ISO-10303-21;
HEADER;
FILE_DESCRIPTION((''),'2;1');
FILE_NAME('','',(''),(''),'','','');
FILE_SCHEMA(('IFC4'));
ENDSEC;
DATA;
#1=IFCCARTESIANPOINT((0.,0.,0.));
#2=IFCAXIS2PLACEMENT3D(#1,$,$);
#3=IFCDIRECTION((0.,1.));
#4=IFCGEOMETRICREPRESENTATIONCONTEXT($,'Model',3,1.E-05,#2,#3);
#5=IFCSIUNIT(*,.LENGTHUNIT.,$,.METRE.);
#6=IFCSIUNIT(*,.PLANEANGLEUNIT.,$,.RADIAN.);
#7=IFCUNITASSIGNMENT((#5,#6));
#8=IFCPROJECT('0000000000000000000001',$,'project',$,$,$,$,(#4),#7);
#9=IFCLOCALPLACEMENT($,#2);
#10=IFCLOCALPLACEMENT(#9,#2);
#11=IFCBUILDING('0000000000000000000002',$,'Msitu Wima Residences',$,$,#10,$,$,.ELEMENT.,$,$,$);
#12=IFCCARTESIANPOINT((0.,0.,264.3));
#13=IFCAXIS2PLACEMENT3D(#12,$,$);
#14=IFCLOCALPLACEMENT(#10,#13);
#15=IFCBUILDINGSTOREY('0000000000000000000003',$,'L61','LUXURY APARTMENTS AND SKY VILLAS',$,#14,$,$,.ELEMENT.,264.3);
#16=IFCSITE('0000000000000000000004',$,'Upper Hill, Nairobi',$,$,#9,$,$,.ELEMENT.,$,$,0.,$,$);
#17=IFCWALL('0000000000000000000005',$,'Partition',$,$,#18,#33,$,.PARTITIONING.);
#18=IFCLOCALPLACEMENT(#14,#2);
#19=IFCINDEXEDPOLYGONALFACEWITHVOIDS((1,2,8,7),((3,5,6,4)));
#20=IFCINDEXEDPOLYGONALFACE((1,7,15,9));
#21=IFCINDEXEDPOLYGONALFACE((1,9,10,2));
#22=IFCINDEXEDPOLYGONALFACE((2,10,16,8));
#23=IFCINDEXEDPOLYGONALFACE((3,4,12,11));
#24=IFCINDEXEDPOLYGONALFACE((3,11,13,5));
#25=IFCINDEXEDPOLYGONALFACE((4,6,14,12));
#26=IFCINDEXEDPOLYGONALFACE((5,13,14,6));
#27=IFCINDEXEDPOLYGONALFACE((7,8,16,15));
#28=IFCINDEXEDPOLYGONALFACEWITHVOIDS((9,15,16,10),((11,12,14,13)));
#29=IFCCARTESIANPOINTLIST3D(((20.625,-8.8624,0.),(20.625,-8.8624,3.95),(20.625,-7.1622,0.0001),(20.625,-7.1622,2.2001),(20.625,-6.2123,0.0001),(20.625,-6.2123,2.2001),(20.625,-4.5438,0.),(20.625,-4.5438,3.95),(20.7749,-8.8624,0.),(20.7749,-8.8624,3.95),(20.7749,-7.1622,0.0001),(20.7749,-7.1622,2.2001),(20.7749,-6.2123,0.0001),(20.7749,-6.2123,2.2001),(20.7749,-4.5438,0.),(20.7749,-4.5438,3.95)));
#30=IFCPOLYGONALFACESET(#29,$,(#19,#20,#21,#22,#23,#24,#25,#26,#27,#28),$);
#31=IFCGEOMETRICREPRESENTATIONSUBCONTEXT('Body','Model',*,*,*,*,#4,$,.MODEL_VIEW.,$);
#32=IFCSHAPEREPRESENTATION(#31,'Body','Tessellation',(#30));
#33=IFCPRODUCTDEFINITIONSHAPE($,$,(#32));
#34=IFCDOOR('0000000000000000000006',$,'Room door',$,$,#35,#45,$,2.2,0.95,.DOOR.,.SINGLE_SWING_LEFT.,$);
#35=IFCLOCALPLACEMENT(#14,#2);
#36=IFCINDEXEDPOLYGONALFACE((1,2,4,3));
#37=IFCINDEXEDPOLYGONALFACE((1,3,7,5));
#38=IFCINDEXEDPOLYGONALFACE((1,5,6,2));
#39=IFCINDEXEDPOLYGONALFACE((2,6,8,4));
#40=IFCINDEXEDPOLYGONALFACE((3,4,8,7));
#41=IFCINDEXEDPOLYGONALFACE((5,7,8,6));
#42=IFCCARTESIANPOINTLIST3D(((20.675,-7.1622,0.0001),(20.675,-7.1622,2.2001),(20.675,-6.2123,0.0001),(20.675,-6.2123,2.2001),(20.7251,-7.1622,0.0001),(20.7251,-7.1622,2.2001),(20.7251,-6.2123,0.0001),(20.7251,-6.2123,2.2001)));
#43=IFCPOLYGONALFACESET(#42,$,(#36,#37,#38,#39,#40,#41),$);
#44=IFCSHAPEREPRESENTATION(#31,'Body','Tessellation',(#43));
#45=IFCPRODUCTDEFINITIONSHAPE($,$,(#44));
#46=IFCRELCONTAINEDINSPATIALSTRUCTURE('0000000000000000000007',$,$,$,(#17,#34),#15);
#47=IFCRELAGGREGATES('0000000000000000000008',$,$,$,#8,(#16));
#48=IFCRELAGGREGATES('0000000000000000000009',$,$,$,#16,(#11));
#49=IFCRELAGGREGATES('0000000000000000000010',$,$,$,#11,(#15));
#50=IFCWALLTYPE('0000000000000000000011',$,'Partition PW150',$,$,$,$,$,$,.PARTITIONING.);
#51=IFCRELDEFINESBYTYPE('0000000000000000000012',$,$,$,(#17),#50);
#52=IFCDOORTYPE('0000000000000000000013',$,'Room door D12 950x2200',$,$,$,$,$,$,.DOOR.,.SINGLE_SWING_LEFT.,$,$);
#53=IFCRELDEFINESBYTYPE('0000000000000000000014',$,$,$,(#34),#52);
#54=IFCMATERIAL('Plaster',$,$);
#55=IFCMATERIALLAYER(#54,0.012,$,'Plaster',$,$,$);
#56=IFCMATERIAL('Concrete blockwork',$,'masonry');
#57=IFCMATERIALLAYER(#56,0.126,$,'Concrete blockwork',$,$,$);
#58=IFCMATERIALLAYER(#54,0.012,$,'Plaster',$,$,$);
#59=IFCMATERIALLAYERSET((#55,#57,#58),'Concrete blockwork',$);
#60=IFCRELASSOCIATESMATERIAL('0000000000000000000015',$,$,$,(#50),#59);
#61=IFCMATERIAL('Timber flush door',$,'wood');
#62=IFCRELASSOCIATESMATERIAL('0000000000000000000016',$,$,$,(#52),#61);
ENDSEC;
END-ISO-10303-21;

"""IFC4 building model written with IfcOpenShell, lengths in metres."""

from ifc_helpers import new_model, si_unit, direction, frame, frame_2d, origin, place, context, subcontext, project, spatial, rectangle, extrude, material, layer, layer_set, type_object, element, fill, save


model = new_model("IFC4")

# Units and contexts
model_context = context("Model", 3, precision=1e-05, world=origin(), true_north=direction((0.0, 1.0)))
body_context = subcontext(model_context, "Body", "Model", "MODEL_VIEW")
ifc_project = project(units=[si_unit("LENGTHUNIT", "METRE"), si_unit("PLANEANGLEUNIT", "RADIAN")], contexts=[model_context])

# Site, building, storey
site_placement = place(None, origin())
site = spatial("IfcSite", under=ifc_project, at=site_placement, Name="Upper Hill, Nairobi", CompositionType="ELEMENT", RefElevation=0.0)
building_placement = place(site_placement, origin())
building = spatial("IfcBuilding", under=site, at=building_placement, Name="Msitu Wima Residences", CompositionType="ELEMENT")
storey_placement = place(building_placement, frame((0.0, 0.0, 264.3)))
storey = spatial("IfcBuildingStorey", under=building, at=storey_placement, Name="L61", Description="LUXURY APARTMENTS AND SKY VILLAS", CompositionType="ELEMENT", Elevation=264.3)

# Shared definitions
ifc_material_1 = material(Name="Plaster")
ifc_layer_1 = layer(ifc_material_1, 0.012, Name="Plaster")
ifc_material_2 = material(Name="Concrete blockwork", Category="masonry")
ifc_layer_2 = layer(ifc_material_2, 0.126, Name="Concrete blockwork")
ifc_layer_3 = layer(ifc_material_1, 0.012, Name="Plaster")
ifc_layer_set_1 = layer_set([ifc_layer_1, ifc_layer_2, ifc_layer_3], Name="Concrete blockwork")
wall_type_1 = type_object("IfcWallType", Name="Partition PW150", PredefinedType="PARTITIONING", material=ifc_layer_set_1)
ifc_material_3 = material(Name="Timber flush door", Category="wood")
door_type_1 = type_object("IfcDoorType", Name="Room door D12 950x2200", OperationType="SINGLE_SWING_LEFT", PredefinedType="DOOR", material=ifc_material_3)

# Wall, opening, door
wall_1_placement = place(storey_placement, frame((20.7, -8.8623, 0.0), z_axis=(0.0, 0.0, 1.0), x_axis=(0.0, 1.0, 0.0)))
wall_1 = element("IfcWall", 1, at=wall_1_placement, inside=storey, type_object=wall_type_1, Name="Partition", PredefinedType="PARTITIONING", context=body_context, shape_type="SweptSolid", body=[
    extrude(rectangle(XDim=4.3186, YDim=0.1499, at=frame_2d((2.1592, 0.0))), origin(), (0.0, 0.0, 1.0), 3.95),
])
opening_1_placement = place(wall_1_placement, frame((1.7, 0.0, 0.0)))
opening_1 = element("IfcOpeningElement", 2, at=opening_1_placement, cuts=wall_1, PredefinedType="OPENING", context=body_context, shape_type="SweptSolid", body=[
    extrude(rectangle(XDim=0.95, YDim=2.2, at=frame_2d((0.4751, 1.1001))), frame((0.0, 0.085, 0.0), z_axis=(0.0, -1.0, 0.0), x_axis=(1.0, 0.0, 0.0)), (0.0, 0.0, 1.0), 0.1699),
])
door_1_placement = place(opening_1_placement, origin())
door_1 = element("IfcDoor", 3, at=door_1_placement, inside=storey, type_object=door_type_1, Name="Room door", OperationType="SINGLE_SWING_LEFT", OverallHeight=2.2, OverallWidth=0.95, PredefinedType="DOOR", context=body_context, shape_type="SweptSolid", body=[
    extrude(rectangle(XDim=0.95, YDim=2.2, at=frame_2d((0.4751, 1.1001))), frame((0.0, 0.0249, 0.0), z_axis=(0.0, -1.0, 0.0), x_axis=(1.0, 0.0, 0.0)), (0.0, 0.0, 1.0), 0.05),
])
fill(opening_1, door_1)

save(model, "model.ifc")
